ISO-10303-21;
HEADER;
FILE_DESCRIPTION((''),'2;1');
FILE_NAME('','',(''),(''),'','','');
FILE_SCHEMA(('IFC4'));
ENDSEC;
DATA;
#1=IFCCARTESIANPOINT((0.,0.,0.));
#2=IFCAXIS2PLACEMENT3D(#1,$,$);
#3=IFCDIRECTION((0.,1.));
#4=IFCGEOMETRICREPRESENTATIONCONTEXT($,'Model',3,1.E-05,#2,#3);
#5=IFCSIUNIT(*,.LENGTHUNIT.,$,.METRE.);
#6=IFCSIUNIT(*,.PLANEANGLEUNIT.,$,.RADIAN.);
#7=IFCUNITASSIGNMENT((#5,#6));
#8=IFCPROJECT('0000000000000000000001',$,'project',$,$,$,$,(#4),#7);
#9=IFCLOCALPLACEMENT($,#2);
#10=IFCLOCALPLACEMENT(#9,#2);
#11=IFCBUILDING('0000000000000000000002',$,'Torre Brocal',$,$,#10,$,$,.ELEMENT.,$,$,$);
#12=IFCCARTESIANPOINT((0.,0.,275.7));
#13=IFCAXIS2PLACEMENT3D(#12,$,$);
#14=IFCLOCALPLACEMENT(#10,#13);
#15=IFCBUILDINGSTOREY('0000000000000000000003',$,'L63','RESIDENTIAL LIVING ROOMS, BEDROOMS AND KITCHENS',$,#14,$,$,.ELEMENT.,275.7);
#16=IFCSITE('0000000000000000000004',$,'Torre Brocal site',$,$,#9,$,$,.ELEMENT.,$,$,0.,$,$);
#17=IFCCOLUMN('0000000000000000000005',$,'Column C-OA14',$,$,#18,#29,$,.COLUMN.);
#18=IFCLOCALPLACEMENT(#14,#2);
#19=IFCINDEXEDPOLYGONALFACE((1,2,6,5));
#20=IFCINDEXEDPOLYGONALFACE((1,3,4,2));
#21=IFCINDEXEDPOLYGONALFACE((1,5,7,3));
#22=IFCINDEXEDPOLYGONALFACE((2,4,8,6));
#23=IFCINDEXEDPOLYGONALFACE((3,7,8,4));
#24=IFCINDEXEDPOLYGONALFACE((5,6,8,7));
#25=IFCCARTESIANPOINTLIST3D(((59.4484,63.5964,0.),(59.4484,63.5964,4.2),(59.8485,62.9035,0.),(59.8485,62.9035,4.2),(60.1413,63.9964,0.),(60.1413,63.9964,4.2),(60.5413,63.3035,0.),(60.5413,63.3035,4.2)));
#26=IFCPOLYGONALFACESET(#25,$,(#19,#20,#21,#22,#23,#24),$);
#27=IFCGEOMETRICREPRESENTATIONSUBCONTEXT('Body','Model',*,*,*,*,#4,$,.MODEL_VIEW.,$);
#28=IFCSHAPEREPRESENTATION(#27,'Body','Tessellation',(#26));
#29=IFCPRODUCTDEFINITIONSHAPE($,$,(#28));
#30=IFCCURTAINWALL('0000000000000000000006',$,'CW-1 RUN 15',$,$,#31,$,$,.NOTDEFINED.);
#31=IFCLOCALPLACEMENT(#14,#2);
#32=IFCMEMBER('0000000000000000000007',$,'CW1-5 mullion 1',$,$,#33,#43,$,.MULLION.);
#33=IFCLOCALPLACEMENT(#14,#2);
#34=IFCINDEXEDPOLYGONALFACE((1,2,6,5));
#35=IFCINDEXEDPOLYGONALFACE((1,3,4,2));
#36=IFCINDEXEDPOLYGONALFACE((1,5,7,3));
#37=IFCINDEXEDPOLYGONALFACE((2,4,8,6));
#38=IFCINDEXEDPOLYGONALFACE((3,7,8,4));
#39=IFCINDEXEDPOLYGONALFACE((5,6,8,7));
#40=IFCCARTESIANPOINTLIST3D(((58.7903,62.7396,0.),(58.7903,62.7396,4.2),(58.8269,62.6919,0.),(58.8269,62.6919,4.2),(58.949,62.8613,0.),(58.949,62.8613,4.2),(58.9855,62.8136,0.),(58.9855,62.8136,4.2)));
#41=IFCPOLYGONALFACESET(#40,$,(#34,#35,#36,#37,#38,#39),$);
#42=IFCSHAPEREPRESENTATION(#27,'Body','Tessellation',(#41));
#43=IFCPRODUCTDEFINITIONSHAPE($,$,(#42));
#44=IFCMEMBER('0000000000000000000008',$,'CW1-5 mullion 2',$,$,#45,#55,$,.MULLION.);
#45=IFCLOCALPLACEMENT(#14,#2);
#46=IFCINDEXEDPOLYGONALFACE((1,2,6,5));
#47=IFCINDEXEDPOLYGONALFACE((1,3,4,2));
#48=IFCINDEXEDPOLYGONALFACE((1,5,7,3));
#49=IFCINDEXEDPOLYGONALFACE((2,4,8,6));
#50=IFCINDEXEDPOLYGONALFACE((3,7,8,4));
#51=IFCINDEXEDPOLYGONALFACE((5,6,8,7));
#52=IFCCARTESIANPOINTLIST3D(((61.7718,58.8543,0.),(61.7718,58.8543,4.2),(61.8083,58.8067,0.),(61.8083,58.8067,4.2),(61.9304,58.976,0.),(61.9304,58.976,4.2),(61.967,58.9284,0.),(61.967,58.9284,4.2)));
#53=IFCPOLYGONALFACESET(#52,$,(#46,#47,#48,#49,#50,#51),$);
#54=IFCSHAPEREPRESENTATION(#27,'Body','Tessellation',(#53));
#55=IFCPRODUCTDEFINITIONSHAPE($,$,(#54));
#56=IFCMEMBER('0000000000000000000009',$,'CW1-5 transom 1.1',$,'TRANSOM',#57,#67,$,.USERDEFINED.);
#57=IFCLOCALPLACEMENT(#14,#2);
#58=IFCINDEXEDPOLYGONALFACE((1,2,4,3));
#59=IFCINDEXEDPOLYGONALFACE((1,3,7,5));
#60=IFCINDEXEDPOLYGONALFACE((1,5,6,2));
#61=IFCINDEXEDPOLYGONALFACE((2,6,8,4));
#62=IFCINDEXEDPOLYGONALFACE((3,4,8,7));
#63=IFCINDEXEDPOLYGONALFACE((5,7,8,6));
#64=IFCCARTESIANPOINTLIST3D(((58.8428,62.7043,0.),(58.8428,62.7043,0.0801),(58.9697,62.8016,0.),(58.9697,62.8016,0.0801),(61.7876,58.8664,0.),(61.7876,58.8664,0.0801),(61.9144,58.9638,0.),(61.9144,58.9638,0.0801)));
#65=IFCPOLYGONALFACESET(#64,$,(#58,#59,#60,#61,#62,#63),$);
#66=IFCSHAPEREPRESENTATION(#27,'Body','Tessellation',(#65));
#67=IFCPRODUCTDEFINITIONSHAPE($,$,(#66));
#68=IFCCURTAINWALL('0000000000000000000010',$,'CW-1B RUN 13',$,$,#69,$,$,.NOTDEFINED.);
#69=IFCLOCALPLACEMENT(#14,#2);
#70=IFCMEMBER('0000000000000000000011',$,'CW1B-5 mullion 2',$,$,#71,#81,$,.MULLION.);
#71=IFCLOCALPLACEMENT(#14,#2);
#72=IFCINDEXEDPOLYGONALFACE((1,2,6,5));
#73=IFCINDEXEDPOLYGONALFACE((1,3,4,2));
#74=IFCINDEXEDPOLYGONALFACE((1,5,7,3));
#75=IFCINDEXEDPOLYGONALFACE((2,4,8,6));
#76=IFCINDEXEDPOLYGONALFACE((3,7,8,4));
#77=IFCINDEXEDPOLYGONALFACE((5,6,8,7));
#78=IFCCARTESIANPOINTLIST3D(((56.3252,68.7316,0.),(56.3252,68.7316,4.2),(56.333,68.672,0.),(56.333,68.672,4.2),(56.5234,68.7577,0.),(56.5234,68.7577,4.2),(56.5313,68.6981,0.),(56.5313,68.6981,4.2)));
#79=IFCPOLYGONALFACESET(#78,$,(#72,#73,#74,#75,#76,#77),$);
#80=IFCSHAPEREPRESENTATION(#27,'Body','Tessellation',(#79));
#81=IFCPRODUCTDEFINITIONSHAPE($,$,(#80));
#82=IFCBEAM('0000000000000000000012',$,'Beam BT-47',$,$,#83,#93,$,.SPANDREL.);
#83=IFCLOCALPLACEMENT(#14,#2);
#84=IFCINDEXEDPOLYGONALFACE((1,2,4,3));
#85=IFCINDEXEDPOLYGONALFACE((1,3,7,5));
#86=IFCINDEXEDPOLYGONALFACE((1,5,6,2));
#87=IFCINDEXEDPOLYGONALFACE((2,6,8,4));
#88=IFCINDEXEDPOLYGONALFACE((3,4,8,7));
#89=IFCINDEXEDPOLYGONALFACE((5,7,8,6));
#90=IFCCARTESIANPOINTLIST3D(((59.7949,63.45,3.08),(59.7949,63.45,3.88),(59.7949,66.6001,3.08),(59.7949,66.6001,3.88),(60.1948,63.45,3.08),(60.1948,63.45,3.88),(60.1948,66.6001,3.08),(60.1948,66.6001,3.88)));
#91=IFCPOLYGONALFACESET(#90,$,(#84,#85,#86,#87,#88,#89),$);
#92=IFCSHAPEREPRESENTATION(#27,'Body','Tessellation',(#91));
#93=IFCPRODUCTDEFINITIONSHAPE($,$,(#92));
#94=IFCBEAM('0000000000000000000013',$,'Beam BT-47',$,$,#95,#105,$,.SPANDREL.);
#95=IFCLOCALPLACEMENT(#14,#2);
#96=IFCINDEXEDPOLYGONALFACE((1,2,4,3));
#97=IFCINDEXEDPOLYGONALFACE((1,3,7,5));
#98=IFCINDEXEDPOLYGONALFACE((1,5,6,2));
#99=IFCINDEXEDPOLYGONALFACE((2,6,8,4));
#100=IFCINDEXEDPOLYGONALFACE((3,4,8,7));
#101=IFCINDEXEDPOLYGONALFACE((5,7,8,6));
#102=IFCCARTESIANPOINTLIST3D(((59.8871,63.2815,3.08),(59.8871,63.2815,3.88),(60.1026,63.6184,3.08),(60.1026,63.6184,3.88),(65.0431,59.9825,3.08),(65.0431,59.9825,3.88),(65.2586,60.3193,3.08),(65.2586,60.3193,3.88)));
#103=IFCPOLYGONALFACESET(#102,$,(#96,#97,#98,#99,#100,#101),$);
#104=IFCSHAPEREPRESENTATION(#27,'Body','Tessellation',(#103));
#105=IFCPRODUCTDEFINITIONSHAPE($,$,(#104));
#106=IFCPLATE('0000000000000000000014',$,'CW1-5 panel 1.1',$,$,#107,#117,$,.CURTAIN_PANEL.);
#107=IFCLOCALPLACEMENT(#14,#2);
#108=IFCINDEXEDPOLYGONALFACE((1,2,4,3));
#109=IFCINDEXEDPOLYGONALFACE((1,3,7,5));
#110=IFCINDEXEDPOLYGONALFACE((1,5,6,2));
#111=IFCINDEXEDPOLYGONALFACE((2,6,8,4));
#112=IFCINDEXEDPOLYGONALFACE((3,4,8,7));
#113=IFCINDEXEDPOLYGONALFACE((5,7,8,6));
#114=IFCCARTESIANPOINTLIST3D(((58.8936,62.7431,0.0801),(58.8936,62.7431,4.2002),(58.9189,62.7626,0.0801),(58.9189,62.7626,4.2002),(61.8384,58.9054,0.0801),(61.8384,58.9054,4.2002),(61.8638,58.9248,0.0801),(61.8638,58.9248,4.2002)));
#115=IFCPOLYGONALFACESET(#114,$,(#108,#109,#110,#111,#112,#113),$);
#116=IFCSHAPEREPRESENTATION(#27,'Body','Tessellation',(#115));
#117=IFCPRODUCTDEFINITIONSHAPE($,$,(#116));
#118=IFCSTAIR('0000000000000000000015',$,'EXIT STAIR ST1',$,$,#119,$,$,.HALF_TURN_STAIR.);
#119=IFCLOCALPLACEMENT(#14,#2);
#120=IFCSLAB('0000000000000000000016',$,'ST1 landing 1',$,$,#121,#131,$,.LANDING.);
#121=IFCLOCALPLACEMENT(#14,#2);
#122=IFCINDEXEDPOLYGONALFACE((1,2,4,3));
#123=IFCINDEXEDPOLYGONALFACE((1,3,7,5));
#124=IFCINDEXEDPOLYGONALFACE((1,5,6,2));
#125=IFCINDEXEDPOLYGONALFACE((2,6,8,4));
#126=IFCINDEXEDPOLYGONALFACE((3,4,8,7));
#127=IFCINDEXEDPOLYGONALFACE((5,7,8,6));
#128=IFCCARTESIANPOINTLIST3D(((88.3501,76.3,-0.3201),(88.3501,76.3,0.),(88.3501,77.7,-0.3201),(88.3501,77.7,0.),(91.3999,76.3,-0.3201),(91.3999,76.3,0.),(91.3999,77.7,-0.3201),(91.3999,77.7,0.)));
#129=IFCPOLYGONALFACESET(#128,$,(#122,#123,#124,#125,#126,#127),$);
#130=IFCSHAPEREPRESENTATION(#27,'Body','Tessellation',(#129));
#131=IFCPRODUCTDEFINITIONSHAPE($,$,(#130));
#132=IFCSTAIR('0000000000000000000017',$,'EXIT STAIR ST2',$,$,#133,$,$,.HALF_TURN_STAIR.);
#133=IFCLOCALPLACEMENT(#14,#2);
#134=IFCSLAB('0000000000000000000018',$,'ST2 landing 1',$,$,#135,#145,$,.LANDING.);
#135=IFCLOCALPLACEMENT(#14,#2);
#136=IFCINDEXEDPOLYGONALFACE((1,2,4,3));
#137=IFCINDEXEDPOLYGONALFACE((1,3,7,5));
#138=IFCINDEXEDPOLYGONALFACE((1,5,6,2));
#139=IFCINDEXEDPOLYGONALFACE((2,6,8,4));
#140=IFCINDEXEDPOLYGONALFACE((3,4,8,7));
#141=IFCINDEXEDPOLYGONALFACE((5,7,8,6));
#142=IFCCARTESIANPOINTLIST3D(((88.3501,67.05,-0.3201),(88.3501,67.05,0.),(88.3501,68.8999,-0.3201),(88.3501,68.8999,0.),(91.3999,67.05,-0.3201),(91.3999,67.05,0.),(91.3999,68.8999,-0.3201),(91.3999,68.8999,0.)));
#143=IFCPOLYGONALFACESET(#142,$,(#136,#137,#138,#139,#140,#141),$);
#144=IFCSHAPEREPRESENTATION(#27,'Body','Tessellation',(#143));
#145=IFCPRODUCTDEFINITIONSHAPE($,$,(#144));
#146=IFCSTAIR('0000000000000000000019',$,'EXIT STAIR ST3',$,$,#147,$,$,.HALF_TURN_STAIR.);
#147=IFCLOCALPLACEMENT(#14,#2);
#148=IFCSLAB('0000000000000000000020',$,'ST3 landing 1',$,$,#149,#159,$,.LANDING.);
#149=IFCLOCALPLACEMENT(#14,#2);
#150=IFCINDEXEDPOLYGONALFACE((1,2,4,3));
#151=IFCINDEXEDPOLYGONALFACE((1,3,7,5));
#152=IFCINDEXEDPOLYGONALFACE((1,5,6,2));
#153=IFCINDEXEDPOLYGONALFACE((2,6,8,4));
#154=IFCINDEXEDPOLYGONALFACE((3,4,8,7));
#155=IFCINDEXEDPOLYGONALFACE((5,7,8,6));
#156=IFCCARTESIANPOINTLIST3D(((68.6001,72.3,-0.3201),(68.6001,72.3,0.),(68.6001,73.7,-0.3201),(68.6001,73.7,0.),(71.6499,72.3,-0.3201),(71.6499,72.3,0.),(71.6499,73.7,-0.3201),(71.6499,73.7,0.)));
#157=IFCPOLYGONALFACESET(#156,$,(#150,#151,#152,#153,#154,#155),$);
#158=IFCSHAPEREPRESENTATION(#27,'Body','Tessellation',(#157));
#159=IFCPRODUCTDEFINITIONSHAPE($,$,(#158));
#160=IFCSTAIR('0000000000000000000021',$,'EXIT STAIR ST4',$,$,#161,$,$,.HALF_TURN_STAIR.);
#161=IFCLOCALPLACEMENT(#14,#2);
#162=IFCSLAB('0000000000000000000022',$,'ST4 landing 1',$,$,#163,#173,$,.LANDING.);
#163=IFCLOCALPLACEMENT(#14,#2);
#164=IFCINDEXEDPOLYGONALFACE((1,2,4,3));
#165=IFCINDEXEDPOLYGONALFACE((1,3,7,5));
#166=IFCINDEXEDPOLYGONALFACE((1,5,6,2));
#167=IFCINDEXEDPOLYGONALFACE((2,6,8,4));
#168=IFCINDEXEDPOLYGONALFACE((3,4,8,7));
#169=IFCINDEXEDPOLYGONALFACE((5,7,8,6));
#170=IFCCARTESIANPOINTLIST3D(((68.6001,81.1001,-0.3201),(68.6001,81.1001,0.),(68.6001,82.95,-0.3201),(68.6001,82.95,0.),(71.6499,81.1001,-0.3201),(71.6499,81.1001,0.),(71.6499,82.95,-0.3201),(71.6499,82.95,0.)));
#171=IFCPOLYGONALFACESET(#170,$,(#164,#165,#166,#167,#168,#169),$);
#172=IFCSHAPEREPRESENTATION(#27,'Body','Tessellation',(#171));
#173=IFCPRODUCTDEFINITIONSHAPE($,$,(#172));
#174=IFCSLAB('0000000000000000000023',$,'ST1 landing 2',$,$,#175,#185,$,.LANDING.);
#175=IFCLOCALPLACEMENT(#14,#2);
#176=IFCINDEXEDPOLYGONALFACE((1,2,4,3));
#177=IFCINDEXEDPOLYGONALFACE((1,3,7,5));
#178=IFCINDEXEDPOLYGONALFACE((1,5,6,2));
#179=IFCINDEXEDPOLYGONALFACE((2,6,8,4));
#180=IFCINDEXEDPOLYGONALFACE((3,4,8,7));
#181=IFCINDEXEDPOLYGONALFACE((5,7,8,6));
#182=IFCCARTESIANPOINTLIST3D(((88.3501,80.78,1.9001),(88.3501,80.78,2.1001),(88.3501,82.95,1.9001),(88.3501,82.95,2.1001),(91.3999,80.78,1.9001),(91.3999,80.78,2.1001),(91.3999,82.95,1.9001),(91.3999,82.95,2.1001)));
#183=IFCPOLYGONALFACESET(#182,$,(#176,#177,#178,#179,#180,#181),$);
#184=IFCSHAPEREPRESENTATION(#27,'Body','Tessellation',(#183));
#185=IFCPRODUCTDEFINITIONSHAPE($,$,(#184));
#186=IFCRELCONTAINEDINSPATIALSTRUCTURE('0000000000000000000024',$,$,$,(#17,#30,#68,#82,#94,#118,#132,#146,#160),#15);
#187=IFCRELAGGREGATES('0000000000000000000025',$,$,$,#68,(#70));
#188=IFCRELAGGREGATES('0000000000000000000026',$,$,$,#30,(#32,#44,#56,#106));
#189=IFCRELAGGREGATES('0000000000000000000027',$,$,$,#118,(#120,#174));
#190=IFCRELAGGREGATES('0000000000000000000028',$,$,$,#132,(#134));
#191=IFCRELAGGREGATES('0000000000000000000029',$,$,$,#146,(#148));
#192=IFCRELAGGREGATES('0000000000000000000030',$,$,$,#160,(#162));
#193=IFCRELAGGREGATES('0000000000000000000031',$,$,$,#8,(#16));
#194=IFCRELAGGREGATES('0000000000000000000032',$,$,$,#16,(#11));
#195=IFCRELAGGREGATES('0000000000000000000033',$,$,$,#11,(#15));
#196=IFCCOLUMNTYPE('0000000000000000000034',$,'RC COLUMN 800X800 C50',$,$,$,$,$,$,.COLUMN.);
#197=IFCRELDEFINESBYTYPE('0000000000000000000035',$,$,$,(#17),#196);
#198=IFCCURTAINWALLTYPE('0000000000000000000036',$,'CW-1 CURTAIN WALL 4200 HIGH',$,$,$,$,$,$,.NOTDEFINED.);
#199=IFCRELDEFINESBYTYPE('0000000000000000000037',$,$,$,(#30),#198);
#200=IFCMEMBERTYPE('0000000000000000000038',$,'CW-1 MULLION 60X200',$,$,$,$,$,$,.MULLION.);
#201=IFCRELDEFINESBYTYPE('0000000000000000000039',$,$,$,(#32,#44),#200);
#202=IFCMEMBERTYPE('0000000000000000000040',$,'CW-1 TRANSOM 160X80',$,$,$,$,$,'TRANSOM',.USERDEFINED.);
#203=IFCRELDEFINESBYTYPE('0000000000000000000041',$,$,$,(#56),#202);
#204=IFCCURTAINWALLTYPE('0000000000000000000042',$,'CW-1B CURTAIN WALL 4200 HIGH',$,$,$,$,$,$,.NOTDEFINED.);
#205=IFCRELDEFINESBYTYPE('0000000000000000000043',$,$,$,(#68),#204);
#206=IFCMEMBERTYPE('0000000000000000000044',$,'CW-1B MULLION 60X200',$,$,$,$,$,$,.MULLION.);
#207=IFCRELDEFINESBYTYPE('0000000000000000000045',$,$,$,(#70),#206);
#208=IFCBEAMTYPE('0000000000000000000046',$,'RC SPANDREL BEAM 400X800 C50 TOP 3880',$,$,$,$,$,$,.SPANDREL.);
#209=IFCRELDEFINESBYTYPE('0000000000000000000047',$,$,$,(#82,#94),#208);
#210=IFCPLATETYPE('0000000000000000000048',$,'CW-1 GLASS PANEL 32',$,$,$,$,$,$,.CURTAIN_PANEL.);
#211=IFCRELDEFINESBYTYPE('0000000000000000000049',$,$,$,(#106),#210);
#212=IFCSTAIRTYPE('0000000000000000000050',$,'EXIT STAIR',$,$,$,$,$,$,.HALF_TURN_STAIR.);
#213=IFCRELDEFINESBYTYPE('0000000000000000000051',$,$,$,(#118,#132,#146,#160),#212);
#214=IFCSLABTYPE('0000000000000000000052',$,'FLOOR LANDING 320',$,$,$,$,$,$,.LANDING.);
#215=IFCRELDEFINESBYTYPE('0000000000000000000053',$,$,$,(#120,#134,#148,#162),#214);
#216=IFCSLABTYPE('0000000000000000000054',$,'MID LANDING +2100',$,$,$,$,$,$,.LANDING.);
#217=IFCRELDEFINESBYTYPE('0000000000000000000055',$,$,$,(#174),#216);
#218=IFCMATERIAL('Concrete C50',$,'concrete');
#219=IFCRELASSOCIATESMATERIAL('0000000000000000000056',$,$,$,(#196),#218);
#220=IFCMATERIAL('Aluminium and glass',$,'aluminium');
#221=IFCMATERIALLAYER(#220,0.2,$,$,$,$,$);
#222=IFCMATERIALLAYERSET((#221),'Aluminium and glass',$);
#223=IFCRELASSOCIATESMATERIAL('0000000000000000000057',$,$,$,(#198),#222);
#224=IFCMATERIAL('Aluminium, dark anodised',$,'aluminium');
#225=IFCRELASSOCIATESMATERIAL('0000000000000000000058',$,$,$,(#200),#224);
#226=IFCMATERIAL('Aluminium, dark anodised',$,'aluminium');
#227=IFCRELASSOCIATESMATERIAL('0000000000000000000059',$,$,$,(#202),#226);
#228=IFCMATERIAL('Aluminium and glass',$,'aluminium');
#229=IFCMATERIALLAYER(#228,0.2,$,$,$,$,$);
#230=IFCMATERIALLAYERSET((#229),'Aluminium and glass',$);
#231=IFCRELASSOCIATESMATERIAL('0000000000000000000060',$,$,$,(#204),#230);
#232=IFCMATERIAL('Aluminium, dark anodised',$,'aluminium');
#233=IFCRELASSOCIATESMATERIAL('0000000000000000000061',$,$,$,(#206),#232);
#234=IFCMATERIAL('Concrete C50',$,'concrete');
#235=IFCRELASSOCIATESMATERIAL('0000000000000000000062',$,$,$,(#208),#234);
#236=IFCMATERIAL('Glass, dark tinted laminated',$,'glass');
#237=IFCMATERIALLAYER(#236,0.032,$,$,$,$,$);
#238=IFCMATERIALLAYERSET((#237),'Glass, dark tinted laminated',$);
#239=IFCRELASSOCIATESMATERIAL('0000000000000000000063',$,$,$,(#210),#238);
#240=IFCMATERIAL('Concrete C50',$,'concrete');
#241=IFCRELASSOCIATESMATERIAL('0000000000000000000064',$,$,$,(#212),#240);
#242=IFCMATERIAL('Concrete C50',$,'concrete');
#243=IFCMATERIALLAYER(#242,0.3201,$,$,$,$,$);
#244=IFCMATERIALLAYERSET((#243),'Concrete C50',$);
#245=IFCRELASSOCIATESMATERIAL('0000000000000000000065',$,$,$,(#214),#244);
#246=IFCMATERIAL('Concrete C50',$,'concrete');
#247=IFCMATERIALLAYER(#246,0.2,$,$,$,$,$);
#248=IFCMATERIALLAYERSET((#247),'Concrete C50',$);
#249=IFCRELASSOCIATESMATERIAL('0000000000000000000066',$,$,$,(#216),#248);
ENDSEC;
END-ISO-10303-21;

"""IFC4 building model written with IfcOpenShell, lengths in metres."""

from ifc_helpers import new_model, si_unit, direction, frame, origin, origin_2d, place, context, subcontext, project, spatial, polyline, rectangle, outline, extrude, material, layer, layer_set, material_profile, profile_set, type_object, element, aggregate, save


model = new_model("IFC4")

# Units and contexts
model_context = context("Model", 3, precision=1e-05, world=origin(), true_north=direction((0.0, 1.0)))
body_context = subcontext(model_context, "Body", "Model", "MODEL_VIEW")
ifc_project = project(units=[si_unit("LENGTHUNIT", "METRE"), si_unit("PLANEANGLEUNIT", "RADIAN")], contexts=[model_context])

# Site, building, storey
site_placement = place(None, origin())
site = spatial("IfcSite", under=ifc_project, at=site_placement, Name="Torre Brocal site", CompositionType="ELEMENT", RefElevation=0.0)
building_placement = place(site_placement, origin())
building = spatial("IfcBuilding", under=site, at=building_placement, Name="Torre Brocal", CompositionType="ELEMENT")
storey_placement = place(building_placement, frame((0.0, 0.0, 275.7)))
storey = spatial("IfcBuildingStorey", under=building, at=storey_placement, Name="L63", Description="RESIDENTIAL LIVING ROOMS, BEDROOMS AND KITCHENS", CompositionType="ELEMENT", Elevation=275.7)

# Column
ifc_material_1 = material(Name="Concrete C50", Category="concrete")
ifc_material_profile_1 = material_profile(ifc_material_1, rectangle(XDim=0.8, YDim=0.8, at=origin_2d()), Name="RC 800X800")
ifc_profile_set_1 = profile_set([ifc_material_profile_1], Name="Concrete C50")
column_type = type_object("IfcColumnType", Name="RC COLUMN 800X800 C50", PredefinedType="COLUMN", material=ifc_profile_set_1)
column_placement = place(storey_placement, frame((59.9949, 63.45, 0.0), z_axis=(0.0, 0.0, 1.0), x_axis=(-0.866025, -0.5, 0.0)))
element("IfcColumn", 1, at=column_placement, inside=storey, type_object=column_type, Name="Column C-OA14", PredefinedType="COLUMN", context=body_context, shape_type="SweptSolid", body=[
    extrude(rectangle(XDim=0.8, YDim=0.8, at=origin_2d()), origin(), (0.0, 0.0, 1.0), 4.2),
])

# Curtain wall, members
ifc_material_2 = material(Name="Aluminium and glass", Category="aluminium")
ifc_layer_1 = layer(ifc_material_2, 0.2)
ifc_layer_set_1 = layer_set([ifc_layer_1], Name="Aluminium and glass")
curtain_wall_type_1 = type_object("IfcCurtainWallType", Name="CW-1 CURTAIN WALL 4200 HIGH", PredefinedType="NOTDEFINED", material=ifc_layer_set_1)
curtain_wall_1_placement = place(storey_placement, origin())
curtain_wall_1 = element("IfcCurtainWall", 2, at=curtain_wall_1_placement, inside=storey, type_object=curtain_wall_type_1, Name="CW-1 RUN 15", PredefinedType="NOTDEFINED")
ifc_material_3 = material(Name="Aluminium, dark anodised", Category="aluminium")
ifc_material_profile_2 = material_profile(ifc_material_3, rectangle(XDim=0.2, YDim=0.0601, at=origin_2d()), Name="CW-1 MULLION 60X200")
ifc_profile_set_2 = profile_set([ifc_material_profile_2], Name="Aluminium, dark anodised")
member_type_1 = type_object("IfcMemberType", Name="CW-1 MULLION 60X200", PredefinedType="MULLION", material=ifc_profile_set_2)
member_1_placement = place(storey_placement, frame((58.8879, 62.7766, 0.0), z_axis=(0.0, 0.0, 1.0), x_axis=(0.793353, 0.608761, 0.0)))
member_1 = element("IfcMember", 3, at=member_1_placement, type_object=member_type_1, Name="CW1-5 mullion 1", PredefinedType="MULLION", context=body_context, shape_type="SweptSolid", body=[
    extrude(rectangle(XDim=0.2, YDim=0.0601, at=origin_2d()), origin(), (0.0, 0.0, 1.0), 4.2),
])
member_2_placement = place(storey_placement, frame((61.8694, 58.8914, 0.0), z_axis=(0.0, 0.0, 1.0), x_axis=(0.793353, 0.608761, 0.0)))
member_2 = element("IfcMember", 4, at=member_2_placement, type_object=member_type_1, Name="CW1-5 mullion 2", PredefinedType="MULLION", context=body_context, shape_type="SweptSolid", body=[
    extrude(rectangle(XDim=0.2, YDim=0.0601, at=origin_2d()), origin(), (0.0, 0.0, 1.0), 4.2),
])
ifc_material_4 = material(Name="Aluminium, dark anodised", Category="aluminium")
ifc_material_profile_3 = material_profile(ifc_material_4, rectangle(XDim=0.1599, YDim=0.0801, at=origin_2d()), Name="CW-1 TRANSOM 160X80")
ifc_profile_set_3 = profile_set([ifc_material_profile_3], Name="Aluminium, dark anodised")
member_type_2 = type_object("IfcMemberType", Name="CW-1 TRANSOM 160X80", ElementType="TRANSOM", PredefinedType="USERDEFINED", material=ifc_profile_set_3)
member_3_placement = place(storey_placement, frame((58.9062, 62.7529, 0.04), z_axis=(0.608749, -0.793363, 0.0), x_axis=(0.793363, 0.608749, 0.0)))
member_3 = element("IfcMember", 5, at=member_3_placement, type_object=member_type_2, Name="CW1-5 transom 1.1", ObjectType="TRANSOM", PredefinedType="USERDEFINED", context=body_context, shape_type="SweptSolid", body=[
    extrude(rectangle(XDim=0.1599, YDim=0.0801, at=origin_2d()), origin(), (0.0, 0.0, 1.0), 4.8374),
])

# Curtain wall, member
ifc_material_5 = material(Name="Aluminium and glass", Category="aluminium")
ifc_layer_2 = layer(ifc_material_5, 0.2)
ifc_layer_set_2 = layer_set([ifc_layer_2], Name="Aluminium and glass")
curtain_wall_type_2 = type_object("IfcCurtainWallType", Name="CW-1B CURTAIN WALL 4200 HIGH", PredefinedType="NOTDEFINED", material=ifc_layer_set_2)
curtain_wall_2_placement = place(storey_placement, origin())
curtain_wall_2 = element("IfcCurtainWall", 6, at=curtain_wall_2_placement, inside=storey, type_object=curtain_wall_type_2, Name="CW-1B RUN 13", PredefinedType="NOTDEFINED")
ifc_material_6 = material(Name="Aluminium, dark anodised", Category="aluminium")
ifc_material_profile_4 = material_profile(ifc_material_6, rectangle(XDim=0.2, YDim=0.0601, at=origin_2d()), Name="CW-1B MULLION 60X200")
ifc_profile_set_4 = profile_set([ifc_material_profile_4], Name="Aluminium, dark anodised")
member_type_3 = type_object("IfcMemberType", Name="CW-1B MULLION 60X200", PredefinedType="MULLION", material=ifc_profile_set_4)
member_4_placement = place(storey_placement, frame((56.4282, 68.7148, 0.0), z_axis=(0.0, 0.0, 1.0), x_axis=(0.991445, 0.130526, 0.0)))
member_4 = element("IfcMember", 7, at=member_4_placement, type_object=member_type_3, Name="CW1B-5 mullion 2", PredefinedType="MULLION", context=body_context, shape_type="SweptSolid", body=[
    extrude(rectangle(XDim=0.2, YDim=0.0601, at=origin_2d()), origin(), (0.0, 0.0, 1.0), 4.2),
])
aggregate(curtain_wall_2, [member_4])

# Beams
ifc_material_7 = material(Name="Concrete C50", Category="concrete")
ifc_material_profile_5 = material_profile(ifc_material_7, rectangle(XDim=0.3999, YDim=0.8, at=origin_2d()), Name="RC 400X800")
ifc_profile_set_5 = profile_set([ifc_material_profile_5], Name="Concrete C50")
beam_type = type_object("IfcBeamType", Name="RC SPANDREL BEAM 400X800 C50 TOP 3880", PredefinedType="SPANDREL", material=ifc_profile_set_5)
beam_1_placement = place(storey_placement, frame((59.9949, 63.45, 3.48), z_axis=(0.0, 1.0, 0.0), x_axis=(-1.0, 0.0, 0.0)))
element("IfcBeam", 8, at=beam_1_placement, inside=storey, type_object=beam_type, Name="Beam BT-47", PredefinedType="SPANDREL", context=body_context, shape_type="SweptSolid", body=[
    extrude(rectangle(XDim=0.3999, YDim=0.8, at=origin_2d()), origin(), (0.0, 0.0, 1.0), 3.1501),
])
beam_2_placement = place(storey_placement, frame((59.9949, 63.45, 3.48), z_axis=(0.842329, -0.538964, 0.0), x_axis=(0.538964, 0.842329, 0.0)))
element("IfcBeam", 9, at=beam_2_placement, inside=storey, type_object=beam_type, Name="Beam BT-47", PredefinedType="SPANDREL", context=body_context, shape_type="SweptSolid", body=[
    extrude(rectangle(XDim=0.3999, YDim=0.8, at=origin_2d()), origin(), (0.0, 0.0, 1.0), 6.1211),
])

# Plate
ifc_material_8 = material(Name="Glass, dark tinted laminated", Category="glass")
ifc_layer_3 = layer(ifc_material_8, 0.032)
ifc_layer_set_3 = layer_set([ifc_layer_3], Name="Glass, dark tinted laminated")
plate_type = type_object("IfcPlateType", Name="CW-1 GLASS PANEL 32", PredefinedType="CURTAIN_PANEL", material=ifc_layer_set_3)
plate_placement = place(storey_placement, frame((60.3787, 60.834, 0.0801), z_axis=(0.0, 0.0, 1.0), x_axis=(0.608761, -0.793353, 0.0)))
plate = element("IfcPlate", 10, at=plate_placement, type_object=plate_type, Name="CW1-5 panel 1.1", PredefinedType="CURTAIN_PANEL", context=body_context, shape_type="SweptSolid", body=[
    extrude(rectangle(XDim=4.8374, YDim=0.032, at=origin_2d()), origin(), (0.0, 0.0, 1.0), 4.1201),
])
aggregate(curtain_wall_1, [member_1, member_2, member_3, plate])

# Stairs, slabs
ifc_material_9 = material(Name="Concrete C50", Category="concrete")
stair_type = type_object("IfcStairType", Name="EXIT STAIR", PredefinedType="HALF_TURN_STAIR", material=ifc_material_9)
stair_1_placement = place(storey_placement, origin())
stair_1 = element("IfcStair", 11, at=stair_1_placement, inside=storey, type_object=stair_type, Name="EXIT STAIR ST1", PredefinedType="HALF_TURN_STAIR")
ifc_material_10 = material(Name="Concrete C50", Category="concrete")
ifc_layer_4 = layer(ifc_material_10, 0.3201)
ifc_layer_set_4 = layer_set([ifc_layer_4], Name="Concrete C50")
slab_type_1 = type_object("IfcSlabType", Name="FLOOR LANDING 320", PredefinedType="LANDING", material=ifc_layer_set_4)
slab_1_placement = place(storey_placement, frame((0.0, 0.0, -0.3201)))
slab_1 = element("IfcSlab", 12, at=slab_1_placement, type_object=slab_type_1, Name="ST1 landing 1", PredefinedType="LANDING", context=body_context, shape_type="SweptSolid", body=[
    extrude(outline(polyline([(88.3501, 76.3), (91.3999, 76.3), (91.3999, 77.7), (88.3501, 77.7), (88.3501, 76.3)])), origin(), (0.0, 0.0, 1.0), 0.3201),
])
stair_2_placement = place(storey_placement, origin())
stair_2 = element("IfcStair", 13, at=stair_2_placement, inside=storey, type_object=stair_type, Name="EXIT STAIR ST2", PredefinedType="HALF_TURN_STAIR")
slab_2_placement = place(storey_placement, frame((0.0, 0.0, -0.3201)))
slab_2 = element("IfcSlab", 14, at=slab_2_placement, type_object=slab_type_1, Name="ST2 landing 1", PredefinedType="LANDING", context=body_context, shape_type="SweptSolid", body=[
    extrude(outline(polyline([(88.3501, 67.05), (91.3999, 67.05), (91.3999, 68.8999), (88.3501, 68.8999), (88.3501, 67.05)])), origin(), (0.0, 0.0, 1.0), 0.3201),
])
stair_3_placement = place(storey_placement, origin())
stair_3 = element("IfcStair", 15, at=stair_3_placement, inside=storey, type_object=stair_type, Name="EXIT STAIR ST3", PredefinedType="HALF_TURN_STAIR")
slab_3_placement = place(storey_placement, frame((0.0, 0.0, -0.3201)))
slab_3 = element("IfcSlab", 16, at=slab_3_placement, type_object=slab_type_1, Name="ST3 landing 1", PredefinedType="LANDING", context=body_context, shape_type="SweptSolid", body=[
    extrude(outline(polyline([(71.6499, 73.7), (68.6001, 73.7), (68.6001, 72.3), (71.6499, 72.3), (71.6499, 73.7)])), origin(), (0.0, 0.0, 1.0), 0.3201),
])
stair_4_placement = place(storey_placement, origin())
stair_4 = element("IfcStair", 17, at=stair_4_placement, inside=storey, type_object=stair_type, Name="EXIT STAIR ST4", PredefinedType="HALF_TURN_STAIR")
slab_4_placement = place(storey_placement, frame((0.0, 0.0, -0.3201)))
slab_4 = element("IfcSlab", 18, at=slab_4_placement, type_object=slab_type_1, Name="ST4 landing 1", PredefinedType="LANDING", context=body_context, shape_type="SweptSolid", body=[
    extrude(outline(polyline([(71.6499, 82.95), (68.6001, 82.95), (68.6001, 81.1001), (71.6499, 81.1001), (71.6499, 82.95)])), origin(), (0.0, 0.0, 1.0), 0.3201),
])

# Slab
ifc_material_11 = material(Name="Concrete C50", Category="concrete")
ifc_layer_5 = layer(ifc_material_11, 0.2)
ifc_layer_set_5 = layer_set([ifc_layer_5], Name="Concrete C50")
slab_type_2 = type_object("IfcSlabType", Name="MID LANDING +2100", PredefinedType="LANDING", material=ifc_layer_set_5)
slab_5_placement = place(storey_placement, frame((0.0, 0.0, 1.9001)))
slab_5 = element("IfcSlab", 19, at=slab_5_placement, type_object=slab_type_2, Name="ST1 landing 2", PredefinedType="LANDING", context=body_context, shape_type="SweptSolid", body=[
    extrude(outline(polyline([(88.3501, 80.78), (91.3999, 80.78), (91.3999, 82.95), (88.3501, 82.95), (88.3501, 80.78)])), origin(), (0.0, 0.0, 1.0), 0.2),
])
aggregate(stair_1, [slab_1, slab_5])
aggregate(stair_2, [slab_2])
aggregate(stair_3, [slab_3])
aggregate(stair_4, [slab_4])

save(model, "model.ifc")
